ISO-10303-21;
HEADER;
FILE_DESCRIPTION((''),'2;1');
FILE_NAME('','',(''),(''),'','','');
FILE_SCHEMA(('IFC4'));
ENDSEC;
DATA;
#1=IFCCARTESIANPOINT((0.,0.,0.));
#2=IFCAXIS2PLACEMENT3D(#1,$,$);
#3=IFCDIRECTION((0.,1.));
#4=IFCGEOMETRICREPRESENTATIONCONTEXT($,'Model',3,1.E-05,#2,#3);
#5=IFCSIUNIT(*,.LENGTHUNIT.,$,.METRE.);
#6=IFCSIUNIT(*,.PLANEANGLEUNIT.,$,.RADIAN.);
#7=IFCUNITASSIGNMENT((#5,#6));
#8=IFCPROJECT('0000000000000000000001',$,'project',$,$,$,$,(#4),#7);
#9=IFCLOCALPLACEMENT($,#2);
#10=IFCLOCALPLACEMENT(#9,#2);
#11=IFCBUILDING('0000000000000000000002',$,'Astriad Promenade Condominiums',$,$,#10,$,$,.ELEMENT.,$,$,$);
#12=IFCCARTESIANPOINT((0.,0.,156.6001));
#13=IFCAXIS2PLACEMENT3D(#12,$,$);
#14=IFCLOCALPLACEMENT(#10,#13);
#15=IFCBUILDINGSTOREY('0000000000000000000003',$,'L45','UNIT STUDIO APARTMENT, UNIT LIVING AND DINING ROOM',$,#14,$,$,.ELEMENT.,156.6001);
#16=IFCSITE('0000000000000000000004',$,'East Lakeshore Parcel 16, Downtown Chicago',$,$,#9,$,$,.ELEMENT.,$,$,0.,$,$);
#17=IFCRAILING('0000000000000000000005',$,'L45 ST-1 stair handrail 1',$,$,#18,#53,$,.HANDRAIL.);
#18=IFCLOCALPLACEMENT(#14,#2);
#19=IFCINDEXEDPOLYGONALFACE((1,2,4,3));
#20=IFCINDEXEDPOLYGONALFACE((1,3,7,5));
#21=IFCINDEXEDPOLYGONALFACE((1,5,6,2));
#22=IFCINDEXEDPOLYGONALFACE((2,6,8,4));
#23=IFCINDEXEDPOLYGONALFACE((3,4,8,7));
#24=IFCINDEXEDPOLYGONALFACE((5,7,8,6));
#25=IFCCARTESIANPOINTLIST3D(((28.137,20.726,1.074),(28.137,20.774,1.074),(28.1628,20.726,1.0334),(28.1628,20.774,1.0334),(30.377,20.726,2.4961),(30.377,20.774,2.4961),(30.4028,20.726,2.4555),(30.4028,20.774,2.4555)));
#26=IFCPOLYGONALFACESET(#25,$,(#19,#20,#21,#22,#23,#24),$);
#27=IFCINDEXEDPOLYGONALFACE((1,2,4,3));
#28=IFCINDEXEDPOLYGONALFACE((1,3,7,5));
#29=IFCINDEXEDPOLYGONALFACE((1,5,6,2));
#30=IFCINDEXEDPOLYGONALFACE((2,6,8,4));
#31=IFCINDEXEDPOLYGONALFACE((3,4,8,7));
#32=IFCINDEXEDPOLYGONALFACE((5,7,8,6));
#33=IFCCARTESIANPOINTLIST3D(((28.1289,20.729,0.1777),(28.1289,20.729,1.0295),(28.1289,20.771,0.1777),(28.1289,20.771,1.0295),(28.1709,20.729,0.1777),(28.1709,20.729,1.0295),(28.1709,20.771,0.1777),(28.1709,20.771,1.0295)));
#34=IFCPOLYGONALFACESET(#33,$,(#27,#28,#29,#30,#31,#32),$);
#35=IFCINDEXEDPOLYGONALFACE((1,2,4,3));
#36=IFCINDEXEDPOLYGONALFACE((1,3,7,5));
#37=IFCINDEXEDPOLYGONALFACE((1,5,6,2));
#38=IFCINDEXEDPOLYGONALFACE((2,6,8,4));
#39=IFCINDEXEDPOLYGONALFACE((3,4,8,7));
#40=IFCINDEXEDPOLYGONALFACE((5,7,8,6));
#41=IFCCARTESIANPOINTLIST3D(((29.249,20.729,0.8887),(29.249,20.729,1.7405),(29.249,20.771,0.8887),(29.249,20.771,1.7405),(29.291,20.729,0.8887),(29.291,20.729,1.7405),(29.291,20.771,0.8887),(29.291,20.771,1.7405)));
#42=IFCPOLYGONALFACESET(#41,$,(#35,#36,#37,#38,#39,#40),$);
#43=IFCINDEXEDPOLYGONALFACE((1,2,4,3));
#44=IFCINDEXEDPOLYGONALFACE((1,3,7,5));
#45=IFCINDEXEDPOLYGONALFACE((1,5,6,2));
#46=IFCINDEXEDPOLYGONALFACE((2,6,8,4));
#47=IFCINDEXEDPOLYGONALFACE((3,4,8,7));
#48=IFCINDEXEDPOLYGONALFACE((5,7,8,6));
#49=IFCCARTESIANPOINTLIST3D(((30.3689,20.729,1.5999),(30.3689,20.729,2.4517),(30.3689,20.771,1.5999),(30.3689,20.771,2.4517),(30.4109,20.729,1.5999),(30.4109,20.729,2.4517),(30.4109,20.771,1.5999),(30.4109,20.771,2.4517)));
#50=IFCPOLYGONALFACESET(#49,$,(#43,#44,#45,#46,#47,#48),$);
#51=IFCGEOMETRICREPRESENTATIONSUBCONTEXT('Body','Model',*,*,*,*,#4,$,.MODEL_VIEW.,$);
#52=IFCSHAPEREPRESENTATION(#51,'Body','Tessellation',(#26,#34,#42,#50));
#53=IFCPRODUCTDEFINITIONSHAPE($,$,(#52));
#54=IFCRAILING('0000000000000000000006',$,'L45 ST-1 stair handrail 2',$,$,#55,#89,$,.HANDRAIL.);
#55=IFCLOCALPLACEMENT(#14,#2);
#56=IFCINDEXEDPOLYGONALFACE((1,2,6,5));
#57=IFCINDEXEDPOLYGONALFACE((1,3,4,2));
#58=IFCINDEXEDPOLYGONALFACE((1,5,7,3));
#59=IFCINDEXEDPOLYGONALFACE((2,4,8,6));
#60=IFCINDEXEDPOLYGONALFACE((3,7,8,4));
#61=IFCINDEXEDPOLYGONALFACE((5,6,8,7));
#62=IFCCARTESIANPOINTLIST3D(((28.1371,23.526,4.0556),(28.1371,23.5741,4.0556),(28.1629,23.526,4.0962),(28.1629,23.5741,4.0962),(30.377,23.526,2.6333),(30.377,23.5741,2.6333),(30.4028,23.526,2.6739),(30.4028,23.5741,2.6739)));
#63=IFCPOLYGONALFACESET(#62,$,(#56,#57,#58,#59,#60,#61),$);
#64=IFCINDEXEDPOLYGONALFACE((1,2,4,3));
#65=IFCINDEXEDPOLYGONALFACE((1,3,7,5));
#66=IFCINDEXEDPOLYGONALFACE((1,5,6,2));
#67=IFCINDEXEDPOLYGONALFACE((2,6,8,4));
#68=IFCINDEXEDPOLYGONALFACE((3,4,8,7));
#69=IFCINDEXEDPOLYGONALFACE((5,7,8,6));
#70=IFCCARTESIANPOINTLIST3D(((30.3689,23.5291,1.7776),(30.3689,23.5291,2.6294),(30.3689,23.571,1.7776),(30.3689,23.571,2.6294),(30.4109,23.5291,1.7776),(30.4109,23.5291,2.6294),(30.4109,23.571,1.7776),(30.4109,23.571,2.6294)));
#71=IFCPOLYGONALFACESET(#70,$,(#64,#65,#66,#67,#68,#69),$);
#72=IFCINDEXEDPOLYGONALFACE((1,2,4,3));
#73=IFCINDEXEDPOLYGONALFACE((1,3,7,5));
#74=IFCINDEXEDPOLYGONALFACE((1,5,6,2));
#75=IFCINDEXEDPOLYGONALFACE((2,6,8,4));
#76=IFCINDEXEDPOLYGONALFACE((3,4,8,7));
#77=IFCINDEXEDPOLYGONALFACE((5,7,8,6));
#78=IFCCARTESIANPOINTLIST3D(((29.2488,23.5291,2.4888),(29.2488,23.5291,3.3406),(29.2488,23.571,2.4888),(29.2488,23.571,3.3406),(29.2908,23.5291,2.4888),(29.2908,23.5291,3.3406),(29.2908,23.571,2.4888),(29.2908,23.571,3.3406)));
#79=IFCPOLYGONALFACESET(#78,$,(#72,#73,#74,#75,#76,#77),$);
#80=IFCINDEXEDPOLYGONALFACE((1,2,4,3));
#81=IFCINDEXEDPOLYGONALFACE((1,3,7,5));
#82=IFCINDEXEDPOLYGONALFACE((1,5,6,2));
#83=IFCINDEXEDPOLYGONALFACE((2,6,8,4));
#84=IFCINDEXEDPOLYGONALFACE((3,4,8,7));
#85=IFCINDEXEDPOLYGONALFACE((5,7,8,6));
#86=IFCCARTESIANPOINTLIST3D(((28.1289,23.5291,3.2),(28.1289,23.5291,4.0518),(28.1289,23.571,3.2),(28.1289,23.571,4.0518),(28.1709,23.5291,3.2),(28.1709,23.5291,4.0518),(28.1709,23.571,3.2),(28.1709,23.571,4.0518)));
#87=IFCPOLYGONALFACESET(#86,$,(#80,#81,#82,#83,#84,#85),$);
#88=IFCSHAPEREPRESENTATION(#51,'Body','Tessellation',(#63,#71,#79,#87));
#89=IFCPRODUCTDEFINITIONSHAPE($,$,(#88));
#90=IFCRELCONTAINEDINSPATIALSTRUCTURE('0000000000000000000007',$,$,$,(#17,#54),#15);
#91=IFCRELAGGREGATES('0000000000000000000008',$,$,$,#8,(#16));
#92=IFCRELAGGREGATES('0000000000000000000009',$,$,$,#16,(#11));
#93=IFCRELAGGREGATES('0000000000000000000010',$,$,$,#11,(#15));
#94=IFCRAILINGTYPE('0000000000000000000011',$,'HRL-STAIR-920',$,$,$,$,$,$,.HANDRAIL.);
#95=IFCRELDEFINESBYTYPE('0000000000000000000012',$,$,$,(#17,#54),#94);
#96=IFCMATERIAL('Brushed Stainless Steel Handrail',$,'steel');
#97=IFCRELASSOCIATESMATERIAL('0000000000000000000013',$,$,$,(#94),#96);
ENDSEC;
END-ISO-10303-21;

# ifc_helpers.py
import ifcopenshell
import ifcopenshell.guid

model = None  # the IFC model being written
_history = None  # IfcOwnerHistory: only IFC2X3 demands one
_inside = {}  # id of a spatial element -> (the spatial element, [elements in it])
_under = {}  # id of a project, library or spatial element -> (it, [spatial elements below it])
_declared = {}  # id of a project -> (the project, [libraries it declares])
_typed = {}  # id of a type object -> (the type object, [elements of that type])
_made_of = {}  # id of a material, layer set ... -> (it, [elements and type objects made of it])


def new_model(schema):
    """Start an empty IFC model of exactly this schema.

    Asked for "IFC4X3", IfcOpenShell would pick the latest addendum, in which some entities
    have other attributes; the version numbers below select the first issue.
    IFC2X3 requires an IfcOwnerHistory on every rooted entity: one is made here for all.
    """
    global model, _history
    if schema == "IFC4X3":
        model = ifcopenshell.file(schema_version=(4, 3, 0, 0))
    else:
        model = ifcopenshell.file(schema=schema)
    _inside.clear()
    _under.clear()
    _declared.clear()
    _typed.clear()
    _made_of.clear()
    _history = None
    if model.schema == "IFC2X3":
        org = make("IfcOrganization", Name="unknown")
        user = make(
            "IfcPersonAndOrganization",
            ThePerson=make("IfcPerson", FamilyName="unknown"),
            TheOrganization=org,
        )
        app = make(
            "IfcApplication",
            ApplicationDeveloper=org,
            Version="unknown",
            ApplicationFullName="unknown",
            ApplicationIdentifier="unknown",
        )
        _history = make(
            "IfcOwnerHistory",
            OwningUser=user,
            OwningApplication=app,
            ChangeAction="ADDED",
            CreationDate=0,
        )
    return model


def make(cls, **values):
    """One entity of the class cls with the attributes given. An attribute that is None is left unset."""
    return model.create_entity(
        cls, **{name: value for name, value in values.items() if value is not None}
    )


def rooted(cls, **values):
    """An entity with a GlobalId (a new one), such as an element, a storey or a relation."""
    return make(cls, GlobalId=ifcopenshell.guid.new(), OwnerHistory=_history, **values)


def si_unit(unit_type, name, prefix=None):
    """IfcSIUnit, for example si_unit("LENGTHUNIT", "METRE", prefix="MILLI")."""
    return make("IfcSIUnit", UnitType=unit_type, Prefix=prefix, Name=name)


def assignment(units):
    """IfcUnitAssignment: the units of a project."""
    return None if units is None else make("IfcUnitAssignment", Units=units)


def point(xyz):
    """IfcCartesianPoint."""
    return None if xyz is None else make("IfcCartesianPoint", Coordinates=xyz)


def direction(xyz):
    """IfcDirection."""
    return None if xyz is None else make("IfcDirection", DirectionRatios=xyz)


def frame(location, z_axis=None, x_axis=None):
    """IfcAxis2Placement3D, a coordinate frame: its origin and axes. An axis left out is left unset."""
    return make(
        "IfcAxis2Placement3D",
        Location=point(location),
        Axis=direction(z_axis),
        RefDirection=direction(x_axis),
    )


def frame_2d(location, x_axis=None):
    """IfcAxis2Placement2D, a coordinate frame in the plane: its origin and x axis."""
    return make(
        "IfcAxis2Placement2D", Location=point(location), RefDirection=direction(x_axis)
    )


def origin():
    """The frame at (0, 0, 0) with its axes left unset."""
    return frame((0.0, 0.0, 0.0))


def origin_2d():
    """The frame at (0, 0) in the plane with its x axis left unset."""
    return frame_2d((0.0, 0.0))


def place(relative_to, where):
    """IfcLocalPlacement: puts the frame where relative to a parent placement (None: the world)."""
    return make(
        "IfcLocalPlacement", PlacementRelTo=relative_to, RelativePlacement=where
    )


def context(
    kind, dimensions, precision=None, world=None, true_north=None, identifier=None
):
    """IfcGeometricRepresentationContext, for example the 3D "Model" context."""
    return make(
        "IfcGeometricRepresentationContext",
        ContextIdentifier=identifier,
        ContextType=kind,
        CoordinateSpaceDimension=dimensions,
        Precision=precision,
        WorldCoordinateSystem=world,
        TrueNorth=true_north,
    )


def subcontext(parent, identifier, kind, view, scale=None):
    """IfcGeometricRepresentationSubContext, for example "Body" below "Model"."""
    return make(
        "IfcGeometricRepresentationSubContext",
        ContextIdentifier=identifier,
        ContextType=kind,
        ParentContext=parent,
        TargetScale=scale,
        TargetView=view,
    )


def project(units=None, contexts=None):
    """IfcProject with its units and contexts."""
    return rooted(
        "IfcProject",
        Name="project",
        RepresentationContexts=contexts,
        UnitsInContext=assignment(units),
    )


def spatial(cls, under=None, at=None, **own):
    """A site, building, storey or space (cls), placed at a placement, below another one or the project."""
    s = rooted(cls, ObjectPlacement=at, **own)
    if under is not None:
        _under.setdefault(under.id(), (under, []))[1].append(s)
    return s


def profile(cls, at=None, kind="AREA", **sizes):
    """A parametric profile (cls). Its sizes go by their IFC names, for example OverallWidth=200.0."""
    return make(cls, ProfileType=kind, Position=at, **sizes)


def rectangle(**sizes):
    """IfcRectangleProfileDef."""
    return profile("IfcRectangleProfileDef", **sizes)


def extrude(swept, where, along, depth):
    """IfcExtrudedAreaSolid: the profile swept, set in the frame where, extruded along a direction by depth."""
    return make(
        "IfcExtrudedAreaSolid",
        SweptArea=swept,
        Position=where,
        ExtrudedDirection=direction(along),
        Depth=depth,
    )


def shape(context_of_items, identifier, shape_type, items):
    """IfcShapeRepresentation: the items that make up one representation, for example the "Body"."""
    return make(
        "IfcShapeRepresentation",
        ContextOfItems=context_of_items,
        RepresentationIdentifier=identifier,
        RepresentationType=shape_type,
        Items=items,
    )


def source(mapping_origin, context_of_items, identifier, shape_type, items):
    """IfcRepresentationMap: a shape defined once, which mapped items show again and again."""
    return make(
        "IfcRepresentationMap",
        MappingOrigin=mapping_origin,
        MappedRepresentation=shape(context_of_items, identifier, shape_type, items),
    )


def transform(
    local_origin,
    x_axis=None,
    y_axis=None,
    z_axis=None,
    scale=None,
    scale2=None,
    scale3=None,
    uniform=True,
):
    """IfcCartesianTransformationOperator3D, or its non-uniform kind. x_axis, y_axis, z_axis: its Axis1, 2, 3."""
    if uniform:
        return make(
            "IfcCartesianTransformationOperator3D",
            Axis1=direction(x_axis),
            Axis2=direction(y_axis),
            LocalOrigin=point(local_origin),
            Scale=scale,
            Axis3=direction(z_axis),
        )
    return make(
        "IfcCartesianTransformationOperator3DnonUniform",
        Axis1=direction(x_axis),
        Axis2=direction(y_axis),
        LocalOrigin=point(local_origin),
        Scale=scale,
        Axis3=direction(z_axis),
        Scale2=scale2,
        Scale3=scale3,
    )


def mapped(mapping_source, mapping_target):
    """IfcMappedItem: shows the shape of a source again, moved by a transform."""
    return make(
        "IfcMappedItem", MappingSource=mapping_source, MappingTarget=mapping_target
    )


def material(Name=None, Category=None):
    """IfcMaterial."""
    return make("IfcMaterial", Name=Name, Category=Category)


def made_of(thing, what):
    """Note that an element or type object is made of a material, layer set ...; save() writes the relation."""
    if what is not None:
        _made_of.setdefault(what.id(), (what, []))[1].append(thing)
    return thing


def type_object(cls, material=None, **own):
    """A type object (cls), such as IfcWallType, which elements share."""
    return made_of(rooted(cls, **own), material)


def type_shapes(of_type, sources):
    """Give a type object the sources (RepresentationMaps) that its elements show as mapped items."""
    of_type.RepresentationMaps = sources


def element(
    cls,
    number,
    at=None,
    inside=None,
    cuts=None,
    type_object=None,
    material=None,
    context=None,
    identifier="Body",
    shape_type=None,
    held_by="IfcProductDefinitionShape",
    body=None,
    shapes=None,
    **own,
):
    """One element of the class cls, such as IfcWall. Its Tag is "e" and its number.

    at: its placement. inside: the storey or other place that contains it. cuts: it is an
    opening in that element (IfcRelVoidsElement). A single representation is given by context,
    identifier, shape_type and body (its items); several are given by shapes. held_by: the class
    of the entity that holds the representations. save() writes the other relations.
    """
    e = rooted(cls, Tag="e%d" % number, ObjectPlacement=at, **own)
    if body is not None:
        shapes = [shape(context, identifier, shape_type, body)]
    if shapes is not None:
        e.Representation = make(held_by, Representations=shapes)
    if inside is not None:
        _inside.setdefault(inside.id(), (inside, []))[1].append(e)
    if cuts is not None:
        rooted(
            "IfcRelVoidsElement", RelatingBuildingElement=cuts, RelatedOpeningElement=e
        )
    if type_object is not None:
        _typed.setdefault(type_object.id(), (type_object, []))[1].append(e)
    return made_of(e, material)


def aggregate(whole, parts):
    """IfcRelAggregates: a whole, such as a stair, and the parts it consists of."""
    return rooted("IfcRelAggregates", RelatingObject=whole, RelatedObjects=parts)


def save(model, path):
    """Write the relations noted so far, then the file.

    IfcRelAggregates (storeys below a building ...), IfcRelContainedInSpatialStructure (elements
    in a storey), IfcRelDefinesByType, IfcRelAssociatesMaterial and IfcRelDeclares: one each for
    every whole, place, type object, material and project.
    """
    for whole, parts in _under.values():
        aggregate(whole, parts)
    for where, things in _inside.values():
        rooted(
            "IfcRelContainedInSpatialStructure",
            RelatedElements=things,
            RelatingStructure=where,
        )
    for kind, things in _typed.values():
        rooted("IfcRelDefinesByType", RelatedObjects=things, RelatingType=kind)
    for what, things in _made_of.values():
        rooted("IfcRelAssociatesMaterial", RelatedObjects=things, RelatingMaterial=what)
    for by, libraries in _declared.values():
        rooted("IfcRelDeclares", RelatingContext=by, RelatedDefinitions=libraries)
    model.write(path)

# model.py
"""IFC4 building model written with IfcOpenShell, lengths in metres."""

from ifc_helpers import new_model, si_unit, direction, frame, origin, origin_2d, place, context, subcontext, project, spatial, rectangle, extrude, source, transform, mapped, material, type_object, type_shapes, element, save


model = new_model("IFC4")

# Units and contexts
model_context = context("Model", 3, precision=1e-05, world=origin(), true_north=direction((0.0, 1.0)))
body_context = subcontext(model_context, "Body", "Model", "MODEL_VIEW")
ifc_project = project(units=[si_unit("LENGTHUNIT", "METRE"), si_unit("PLANEANGLEUNIT", "RADIAN")], contexts=[model_context])

# Site, building, storey
site_placement = place(None, origin())
site = spatial("IfcSite", under=ifc_project, at=site_placement, Name="East Lakeshore Parcel 16, Downtown Chicago", CompositionType="ELEMENT", RefElevation=0.0)
building_placement = place(site_placement, origin())
building = spatial("IfcBuilding", under=site, at=building_placement, Name="Astriad Promenade Condominiums", CompositionType="ELEMENT")
storey_placement = place(building_placement, frame((0.0, 0.0, 156.6001)))
storey = spatial("IfcBuildingStorey", under=building, at=storey_placement, Name="L45", Description="UNIT STUDIO APARTMENT, UNIT LIVING AND DINING ROOM", CompositionType="ELEMENT", Elevation=156.6001)

# Railings
ifc_material_1 = material(Name="Brushed Stainless Steel Handrail", Category="steel")
railing_type_1 = type_object("IfcRailingType", Name="HRL-STAIR-920", PredefinedType="HANDRAIL", material=ifc_material_1)
shared_shape_1 = source(origin(), body_context, "Body", "SweptSolid", [
    extrude(rectangle(XDim=0.0481, YDim=0.0481, at=origin_2d()), frame((0.0, 0.0, 0.876), z_axis=(0.844229, 0.0, 0.535982), x_axis=(0.0, 1.0, 0.0)), (0.0, 0.0, 1.0), 2.6533),
    extrude(rectangle(XDim=0.042, YDim=0.042, at=origin_2d()), origin(), (0.0, 0.0, 1.0), 0.8518),
    extrude(rectangle(XDim=0.042, YDim=0.042, at=origin_2d()), frame((1.1201, 0.0, 0.7109)), (0.0, 0.0, 1.0), 0.8518),
    extrude(rectangle(XDim=0.042, YDim=0.042, at=origin_2d()), frame((2.24, 0.0, 1.4221)), (0.0, 0.0, 1.0), 0.8518),
])
railing_1_placement = place(storey_placement, frame((28.1499, 20.75, 0.1777)))
element("IfcRailing", 1, at=railing_1_placement, inside=storey, type_object=railing_type_1, Name="L45 ST-1 stair handrail 1", PredefinedType="HANDRAIL", context=body_context, shape_type="MappedRepresentation", body=[
    mapped(shared_shape_1, transform((0.0, 0.0, 0.0), scale=1.0)),
])
shared_shape_2 = source(origin(), body_context, "Body", "SweptSolid", [
    extrude(rectangle(XDim=0.0481, YDim=0.0481, at=origin_2d()), frame((0.0, 0.0, 0.876), z_axis=(-0.844188, 0.0, 0.536048), x_axis=(0.0, -1.0, 0.0)), (0.0, 0.0, 1.0), 2.6533),
    extrude(rectangle(XDim=0.042, YDim=0.042, at=origin_2d()), origin(), (0.0, 0.0, 1.0), 0.8518),
    extrude(rectangle(XDim=0.042, YDim=0.042, at=origin_2d()), frame((-1.1201, 0.0, 0.7112)), (0.0, 0.0, 1.0), 0.8518),
    extrude(rectangle(XDim=0.042, YDim=0.042, at=origin_2d()), frame((-2.24, 0.0, 1.4224)), (0.0, 0.0, 1.0), 0.8518),
])
type_shapes(railing_type_1, [shared_shape_1, shared_shape_2])
railing_2_placement = place(storey_placement, frame((30.3899, 23.55, 1.7776)))
element("IfcRailing", 2, at=railing_2_placement, inside=storey, type_object=railing_type_1, Name="L45 ST-1 stair handrail 2", PredefinedType="HANDRAIL", context=body_context, shape_type="MappedRepresentation", body=[
    mapped(shared_shape_2, transform((0.0, 0.0, 0.0), scale=1.0)),
])

save(model, "model.ifc")
